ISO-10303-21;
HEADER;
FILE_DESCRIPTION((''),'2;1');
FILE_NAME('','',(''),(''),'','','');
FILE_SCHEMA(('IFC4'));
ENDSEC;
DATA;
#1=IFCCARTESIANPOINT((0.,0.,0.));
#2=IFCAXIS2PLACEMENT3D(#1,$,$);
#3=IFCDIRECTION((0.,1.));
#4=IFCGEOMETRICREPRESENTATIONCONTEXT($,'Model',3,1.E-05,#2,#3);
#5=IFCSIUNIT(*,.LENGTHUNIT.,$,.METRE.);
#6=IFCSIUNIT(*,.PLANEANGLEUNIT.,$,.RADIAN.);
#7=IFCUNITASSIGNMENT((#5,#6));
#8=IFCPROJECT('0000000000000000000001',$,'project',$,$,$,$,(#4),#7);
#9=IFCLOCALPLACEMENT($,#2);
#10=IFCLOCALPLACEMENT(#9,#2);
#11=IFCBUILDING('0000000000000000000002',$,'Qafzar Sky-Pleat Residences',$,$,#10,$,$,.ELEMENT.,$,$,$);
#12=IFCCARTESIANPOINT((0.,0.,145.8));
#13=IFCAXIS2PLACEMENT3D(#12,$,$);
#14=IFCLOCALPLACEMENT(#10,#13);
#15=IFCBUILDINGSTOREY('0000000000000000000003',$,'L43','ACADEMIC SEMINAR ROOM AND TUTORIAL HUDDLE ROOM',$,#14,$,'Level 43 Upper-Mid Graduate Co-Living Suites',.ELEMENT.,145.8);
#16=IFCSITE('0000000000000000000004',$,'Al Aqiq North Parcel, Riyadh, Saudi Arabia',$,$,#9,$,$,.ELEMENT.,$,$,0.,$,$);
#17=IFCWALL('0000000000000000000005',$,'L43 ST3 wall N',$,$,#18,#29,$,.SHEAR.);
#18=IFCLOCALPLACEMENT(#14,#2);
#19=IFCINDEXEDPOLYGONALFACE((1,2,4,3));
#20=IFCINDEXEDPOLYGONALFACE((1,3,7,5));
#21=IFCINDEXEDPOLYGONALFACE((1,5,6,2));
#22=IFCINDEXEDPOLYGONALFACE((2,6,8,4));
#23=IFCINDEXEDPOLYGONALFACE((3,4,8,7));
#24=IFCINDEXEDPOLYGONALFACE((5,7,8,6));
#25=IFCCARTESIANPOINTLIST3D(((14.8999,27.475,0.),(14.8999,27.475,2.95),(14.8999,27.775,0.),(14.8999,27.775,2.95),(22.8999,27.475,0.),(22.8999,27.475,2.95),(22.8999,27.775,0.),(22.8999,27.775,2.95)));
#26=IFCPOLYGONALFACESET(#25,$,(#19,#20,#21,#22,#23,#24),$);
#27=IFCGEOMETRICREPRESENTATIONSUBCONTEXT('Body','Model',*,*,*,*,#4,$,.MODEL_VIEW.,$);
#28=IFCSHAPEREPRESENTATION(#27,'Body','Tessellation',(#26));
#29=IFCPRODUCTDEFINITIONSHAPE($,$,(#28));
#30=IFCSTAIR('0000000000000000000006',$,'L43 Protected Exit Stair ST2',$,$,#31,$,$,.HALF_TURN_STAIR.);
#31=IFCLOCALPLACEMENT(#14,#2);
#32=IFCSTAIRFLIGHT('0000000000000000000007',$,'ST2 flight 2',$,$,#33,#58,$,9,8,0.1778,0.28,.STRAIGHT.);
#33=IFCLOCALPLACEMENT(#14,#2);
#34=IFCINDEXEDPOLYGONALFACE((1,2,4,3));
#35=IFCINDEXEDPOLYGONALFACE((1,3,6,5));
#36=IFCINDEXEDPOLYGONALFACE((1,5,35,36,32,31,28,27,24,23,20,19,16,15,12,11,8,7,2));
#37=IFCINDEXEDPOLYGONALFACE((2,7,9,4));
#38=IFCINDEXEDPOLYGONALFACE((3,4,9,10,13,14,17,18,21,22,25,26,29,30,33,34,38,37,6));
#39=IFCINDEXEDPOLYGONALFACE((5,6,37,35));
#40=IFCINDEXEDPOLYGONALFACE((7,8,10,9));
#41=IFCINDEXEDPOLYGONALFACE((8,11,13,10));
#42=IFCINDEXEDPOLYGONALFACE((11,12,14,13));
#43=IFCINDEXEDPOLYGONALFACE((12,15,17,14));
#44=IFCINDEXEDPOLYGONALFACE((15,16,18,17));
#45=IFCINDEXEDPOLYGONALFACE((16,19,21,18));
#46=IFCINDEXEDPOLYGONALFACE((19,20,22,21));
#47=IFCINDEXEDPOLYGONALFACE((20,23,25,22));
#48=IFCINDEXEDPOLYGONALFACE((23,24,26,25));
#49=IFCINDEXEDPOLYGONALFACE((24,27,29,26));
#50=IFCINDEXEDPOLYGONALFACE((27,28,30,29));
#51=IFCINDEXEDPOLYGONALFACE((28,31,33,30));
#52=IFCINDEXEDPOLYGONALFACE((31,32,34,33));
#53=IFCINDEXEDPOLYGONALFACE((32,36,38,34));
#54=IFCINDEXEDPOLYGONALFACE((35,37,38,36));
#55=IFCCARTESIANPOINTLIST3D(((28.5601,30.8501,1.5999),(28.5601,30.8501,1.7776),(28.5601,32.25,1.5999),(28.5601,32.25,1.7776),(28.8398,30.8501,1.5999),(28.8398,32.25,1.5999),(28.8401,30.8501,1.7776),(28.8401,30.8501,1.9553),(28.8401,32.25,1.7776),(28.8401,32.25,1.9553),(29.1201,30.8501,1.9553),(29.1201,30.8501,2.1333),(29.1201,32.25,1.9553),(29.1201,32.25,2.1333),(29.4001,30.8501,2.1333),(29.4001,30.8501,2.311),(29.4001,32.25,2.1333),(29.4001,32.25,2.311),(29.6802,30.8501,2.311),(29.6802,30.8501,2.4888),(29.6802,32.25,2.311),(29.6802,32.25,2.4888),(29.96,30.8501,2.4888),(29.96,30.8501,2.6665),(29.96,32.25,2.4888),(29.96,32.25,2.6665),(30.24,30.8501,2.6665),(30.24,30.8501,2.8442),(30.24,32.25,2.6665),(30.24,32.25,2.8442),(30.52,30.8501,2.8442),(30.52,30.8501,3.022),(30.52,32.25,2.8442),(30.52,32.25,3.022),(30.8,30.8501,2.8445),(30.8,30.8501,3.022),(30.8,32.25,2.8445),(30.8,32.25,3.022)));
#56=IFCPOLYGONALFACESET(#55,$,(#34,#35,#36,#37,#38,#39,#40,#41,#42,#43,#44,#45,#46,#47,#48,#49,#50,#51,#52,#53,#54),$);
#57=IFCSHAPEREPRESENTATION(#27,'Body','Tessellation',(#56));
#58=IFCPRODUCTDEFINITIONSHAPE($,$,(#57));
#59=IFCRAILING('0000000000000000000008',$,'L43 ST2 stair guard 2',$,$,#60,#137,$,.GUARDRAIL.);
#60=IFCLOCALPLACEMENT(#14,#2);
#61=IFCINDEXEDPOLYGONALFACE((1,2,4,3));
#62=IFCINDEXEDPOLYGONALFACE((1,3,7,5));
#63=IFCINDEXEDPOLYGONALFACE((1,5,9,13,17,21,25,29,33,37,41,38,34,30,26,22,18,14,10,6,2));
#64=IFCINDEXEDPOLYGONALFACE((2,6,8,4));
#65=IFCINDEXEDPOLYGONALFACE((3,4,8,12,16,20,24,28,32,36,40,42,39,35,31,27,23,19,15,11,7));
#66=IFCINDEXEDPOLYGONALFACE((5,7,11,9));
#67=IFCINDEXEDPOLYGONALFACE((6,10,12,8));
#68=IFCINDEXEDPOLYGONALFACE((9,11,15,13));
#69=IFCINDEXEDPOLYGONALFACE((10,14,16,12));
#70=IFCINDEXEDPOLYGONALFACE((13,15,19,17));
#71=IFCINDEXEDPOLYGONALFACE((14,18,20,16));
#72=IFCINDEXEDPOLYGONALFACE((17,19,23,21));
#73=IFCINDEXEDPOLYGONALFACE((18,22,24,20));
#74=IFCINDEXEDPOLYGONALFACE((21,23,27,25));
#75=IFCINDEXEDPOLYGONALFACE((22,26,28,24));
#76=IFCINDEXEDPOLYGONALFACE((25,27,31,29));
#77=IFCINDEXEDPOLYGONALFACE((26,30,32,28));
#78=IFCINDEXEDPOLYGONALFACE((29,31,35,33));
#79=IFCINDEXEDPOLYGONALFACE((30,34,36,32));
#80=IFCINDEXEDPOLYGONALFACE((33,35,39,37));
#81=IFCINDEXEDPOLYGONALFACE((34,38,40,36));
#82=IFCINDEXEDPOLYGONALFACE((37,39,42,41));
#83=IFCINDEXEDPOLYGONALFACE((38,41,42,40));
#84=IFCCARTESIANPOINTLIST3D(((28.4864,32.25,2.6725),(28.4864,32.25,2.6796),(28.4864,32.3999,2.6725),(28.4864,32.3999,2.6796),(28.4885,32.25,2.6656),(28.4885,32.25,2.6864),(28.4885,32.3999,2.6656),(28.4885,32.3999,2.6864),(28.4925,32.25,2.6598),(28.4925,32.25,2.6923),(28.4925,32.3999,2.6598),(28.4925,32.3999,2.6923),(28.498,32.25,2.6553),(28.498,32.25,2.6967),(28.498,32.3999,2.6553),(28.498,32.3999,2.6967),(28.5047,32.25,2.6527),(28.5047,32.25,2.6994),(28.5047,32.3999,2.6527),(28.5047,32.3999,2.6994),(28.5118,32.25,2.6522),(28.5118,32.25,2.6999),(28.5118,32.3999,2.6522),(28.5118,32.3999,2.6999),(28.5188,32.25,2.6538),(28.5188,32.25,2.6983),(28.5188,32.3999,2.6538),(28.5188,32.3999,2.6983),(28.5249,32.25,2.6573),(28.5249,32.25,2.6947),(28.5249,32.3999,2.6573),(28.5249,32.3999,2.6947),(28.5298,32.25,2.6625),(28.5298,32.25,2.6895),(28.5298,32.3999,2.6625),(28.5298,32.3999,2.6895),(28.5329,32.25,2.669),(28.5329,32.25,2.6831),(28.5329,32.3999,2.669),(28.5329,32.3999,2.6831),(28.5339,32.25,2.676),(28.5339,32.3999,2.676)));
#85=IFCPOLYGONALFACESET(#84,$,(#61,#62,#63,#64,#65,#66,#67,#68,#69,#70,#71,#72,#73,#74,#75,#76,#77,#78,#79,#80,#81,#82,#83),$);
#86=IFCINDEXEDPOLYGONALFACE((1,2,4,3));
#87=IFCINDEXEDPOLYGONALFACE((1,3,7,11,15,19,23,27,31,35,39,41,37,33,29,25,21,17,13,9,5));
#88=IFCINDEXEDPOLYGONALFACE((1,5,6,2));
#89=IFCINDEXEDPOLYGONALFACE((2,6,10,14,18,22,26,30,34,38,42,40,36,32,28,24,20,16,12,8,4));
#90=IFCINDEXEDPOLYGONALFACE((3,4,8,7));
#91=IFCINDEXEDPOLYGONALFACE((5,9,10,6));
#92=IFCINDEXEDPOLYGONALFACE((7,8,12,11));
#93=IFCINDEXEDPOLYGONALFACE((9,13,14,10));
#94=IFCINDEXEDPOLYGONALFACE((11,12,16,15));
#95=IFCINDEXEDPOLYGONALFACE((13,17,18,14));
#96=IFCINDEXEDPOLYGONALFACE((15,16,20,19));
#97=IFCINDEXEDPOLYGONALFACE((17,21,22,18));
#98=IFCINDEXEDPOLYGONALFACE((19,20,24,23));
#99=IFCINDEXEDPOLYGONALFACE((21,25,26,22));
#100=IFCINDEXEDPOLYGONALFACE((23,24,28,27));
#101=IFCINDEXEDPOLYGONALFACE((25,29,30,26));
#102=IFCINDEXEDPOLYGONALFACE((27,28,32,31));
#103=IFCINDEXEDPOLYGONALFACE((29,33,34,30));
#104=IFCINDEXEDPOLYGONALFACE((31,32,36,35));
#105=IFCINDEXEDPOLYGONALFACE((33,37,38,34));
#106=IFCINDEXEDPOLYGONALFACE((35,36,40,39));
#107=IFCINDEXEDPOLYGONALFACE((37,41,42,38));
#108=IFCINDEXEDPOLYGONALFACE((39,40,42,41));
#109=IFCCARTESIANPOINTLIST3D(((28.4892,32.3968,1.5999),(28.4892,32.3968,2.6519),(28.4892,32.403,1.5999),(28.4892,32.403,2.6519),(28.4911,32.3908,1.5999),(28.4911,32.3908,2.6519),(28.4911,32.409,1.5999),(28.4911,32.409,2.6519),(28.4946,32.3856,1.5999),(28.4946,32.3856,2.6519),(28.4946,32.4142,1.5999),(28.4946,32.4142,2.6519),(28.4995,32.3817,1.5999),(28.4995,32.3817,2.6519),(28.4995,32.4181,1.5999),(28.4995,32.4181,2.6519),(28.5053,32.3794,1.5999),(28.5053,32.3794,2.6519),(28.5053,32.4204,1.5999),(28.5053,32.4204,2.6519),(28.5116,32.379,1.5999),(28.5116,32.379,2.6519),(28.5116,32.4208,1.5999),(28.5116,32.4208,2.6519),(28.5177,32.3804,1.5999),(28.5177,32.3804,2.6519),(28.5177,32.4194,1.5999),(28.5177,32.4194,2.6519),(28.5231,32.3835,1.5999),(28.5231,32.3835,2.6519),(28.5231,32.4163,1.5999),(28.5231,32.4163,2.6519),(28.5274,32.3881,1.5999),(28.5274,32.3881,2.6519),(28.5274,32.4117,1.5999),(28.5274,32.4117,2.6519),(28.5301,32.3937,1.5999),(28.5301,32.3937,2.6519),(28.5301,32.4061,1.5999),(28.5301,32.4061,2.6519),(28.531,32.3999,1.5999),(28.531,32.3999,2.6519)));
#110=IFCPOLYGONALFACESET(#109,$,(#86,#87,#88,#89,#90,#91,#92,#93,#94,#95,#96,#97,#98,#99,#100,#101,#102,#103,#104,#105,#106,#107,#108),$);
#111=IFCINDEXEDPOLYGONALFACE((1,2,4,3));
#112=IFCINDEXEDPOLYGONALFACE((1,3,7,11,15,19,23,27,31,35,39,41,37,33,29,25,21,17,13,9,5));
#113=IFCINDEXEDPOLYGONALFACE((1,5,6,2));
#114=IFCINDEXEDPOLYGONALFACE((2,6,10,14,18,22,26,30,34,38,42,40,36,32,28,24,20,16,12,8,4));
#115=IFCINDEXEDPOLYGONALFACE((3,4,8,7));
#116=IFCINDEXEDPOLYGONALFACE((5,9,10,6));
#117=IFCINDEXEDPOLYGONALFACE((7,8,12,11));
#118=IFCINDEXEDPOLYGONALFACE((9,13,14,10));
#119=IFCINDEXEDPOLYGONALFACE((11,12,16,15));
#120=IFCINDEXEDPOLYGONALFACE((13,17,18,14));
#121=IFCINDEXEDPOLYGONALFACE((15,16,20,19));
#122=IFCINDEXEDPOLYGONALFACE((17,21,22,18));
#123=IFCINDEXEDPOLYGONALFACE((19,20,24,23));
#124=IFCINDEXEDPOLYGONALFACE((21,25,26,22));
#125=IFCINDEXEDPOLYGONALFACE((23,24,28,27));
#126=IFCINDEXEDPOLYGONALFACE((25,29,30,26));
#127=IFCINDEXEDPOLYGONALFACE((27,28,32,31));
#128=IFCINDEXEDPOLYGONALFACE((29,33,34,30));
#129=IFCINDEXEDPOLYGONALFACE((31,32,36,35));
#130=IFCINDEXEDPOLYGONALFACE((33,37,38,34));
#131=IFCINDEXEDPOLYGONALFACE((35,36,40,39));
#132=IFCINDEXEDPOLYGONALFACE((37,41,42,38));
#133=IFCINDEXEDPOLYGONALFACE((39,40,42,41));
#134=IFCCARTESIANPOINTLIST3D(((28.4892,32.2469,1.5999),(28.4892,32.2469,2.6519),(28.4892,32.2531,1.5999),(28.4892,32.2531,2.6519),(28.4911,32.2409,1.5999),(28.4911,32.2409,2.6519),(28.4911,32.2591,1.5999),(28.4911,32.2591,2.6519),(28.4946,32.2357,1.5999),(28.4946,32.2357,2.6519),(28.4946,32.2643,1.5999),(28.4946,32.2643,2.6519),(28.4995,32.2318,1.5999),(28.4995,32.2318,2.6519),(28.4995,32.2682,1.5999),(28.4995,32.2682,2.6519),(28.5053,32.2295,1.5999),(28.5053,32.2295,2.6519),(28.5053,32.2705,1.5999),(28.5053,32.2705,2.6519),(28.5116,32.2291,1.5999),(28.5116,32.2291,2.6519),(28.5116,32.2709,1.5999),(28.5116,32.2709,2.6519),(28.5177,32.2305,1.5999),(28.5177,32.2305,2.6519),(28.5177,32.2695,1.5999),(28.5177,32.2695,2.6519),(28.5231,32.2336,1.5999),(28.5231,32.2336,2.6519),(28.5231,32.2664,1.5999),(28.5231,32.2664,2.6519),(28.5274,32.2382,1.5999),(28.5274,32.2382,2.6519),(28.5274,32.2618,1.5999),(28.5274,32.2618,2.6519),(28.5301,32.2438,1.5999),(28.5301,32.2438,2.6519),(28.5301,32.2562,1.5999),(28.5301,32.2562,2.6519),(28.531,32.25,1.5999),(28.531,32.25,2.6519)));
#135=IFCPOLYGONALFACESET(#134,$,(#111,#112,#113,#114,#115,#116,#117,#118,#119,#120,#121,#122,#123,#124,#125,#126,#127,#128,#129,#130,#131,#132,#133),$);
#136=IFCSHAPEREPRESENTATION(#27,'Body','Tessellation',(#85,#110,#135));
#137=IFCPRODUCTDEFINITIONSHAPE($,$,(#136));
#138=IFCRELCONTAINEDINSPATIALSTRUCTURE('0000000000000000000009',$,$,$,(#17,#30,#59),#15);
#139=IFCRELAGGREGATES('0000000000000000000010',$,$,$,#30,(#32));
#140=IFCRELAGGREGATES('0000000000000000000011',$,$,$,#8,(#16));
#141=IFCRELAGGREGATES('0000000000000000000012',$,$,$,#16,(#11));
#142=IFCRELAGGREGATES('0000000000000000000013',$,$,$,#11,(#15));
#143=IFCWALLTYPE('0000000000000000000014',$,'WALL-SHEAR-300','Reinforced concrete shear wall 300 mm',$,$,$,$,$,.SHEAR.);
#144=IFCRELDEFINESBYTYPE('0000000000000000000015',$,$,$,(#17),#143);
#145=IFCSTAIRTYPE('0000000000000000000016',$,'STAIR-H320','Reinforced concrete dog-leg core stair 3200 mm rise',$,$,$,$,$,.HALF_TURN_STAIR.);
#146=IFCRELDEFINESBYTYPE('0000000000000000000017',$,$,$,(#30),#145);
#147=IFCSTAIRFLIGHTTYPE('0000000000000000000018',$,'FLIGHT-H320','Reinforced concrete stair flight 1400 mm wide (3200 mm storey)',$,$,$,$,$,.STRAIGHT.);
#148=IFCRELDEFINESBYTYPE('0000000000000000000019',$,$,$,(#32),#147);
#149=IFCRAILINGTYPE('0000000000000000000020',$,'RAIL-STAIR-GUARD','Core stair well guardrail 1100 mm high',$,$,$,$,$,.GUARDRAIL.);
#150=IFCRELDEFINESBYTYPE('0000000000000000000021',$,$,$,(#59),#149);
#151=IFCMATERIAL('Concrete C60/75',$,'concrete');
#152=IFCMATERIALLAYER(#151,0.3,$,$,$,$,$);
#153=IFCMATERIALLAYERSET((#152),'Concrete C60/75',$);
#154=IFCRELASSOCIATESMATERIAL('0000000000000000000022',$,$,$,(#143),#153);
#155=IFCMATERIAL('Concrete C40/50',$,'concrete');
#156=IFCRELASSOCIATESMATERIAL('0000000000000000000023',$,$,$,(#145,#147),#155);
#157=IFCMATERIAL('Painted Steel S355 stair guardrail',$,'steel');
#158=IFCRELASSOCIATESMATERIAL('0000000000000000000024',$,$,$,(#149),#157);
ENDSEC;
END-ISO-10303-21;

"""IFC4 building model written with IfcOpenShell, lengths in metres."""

from ifc_helpers import new_model, si_unit, direction, frame, frame_2d, origin, origin_2d, place, context, subcontext, project, spatial, polyline, rectangle, circle, outline, extrude, source, transform, mapped, material, layer, layer_set, type_object, element, aggregate, save


model = new_model("IFC4")

# Units and contexts
model_context = context("Model", 3, precision=1e-05, world=origin(), true_north=direction((0.0, 1.0)))
body_context = subcontext(model_context, "Body", "Model", "MODEL_VIEW")
ifc_project = project(units=[si_unit("LENGTHUNIT", "METRE"), si_unit("PLANEANGLEUNIT", "RADIAN")], contexts=[model_context])

# Site, building, storey
site_placement = place(None, origin())
site = spatial("IfcSite", under=ifc_project, at=site_placement, Name="Al Aqiq North Parcel, Riyadh, Saudi Arabia", CompositionType="ELEMENT", RefElevation=0.0)
building_placement = place(site_placement, origin())
building = spatial("IfcBuilding", under=site, at=building_placement, Name="Qafzar Sky-Pleat Residences", CompositionType="ELEMENT")
storey_placement = place(building_placement, frame((0.0, 0.0, 145.8)))
storey = spatial("IfcBuildingStorey", under=building, at=storey_placement, Name="L43", Description="ACADEMIC SEMINAR ROOM AND TUTORIAL HUDDLE ROOM", LongName="Level 43 Upper-Mid Graduate Co-Living Suites", CompositionType="ELEMENT", Elevation=145.8)

# Shared definitions
ifc_material_1 = material(Name="Concrete C60/75", Category="concrete")
ifc_layer_1 = layer(ifc_material_1, 0.3)
ifc_layer_set_1 = layer_set([ifc_layer_1], Name="Concrete C60/75")
wall_type_1 = type_object("IfcWallType", Name="WALL-SHEAR-300", Description="Reinforced concrete shear wall 300 mm", PredefinedType="SHEAR", material=ifc_layer_set_1)

# Wall
wall_1_placement = place(storey_placement, frame((22.8999, 27.625, 0.0), z_axis=(0.0, 0.0, 1.0), x_axis=(-1.0, 0.0, 0.0)))
element("IfcWall", 1, at=wall_1_placement, inside=storey, type_object=wall_type_1, Name="L43 ST3 wall N", PredefinedType="SHEAR", context=body_context, shape_type="SweptSolid", body=[
    extrude(rectangle(XDim=8.0, YDim=0.3, at=frame_2d((4.0, 0.0))), origin(), (0.0, 0.0, 1.0), 2.95),
])

# Stair, stair flight
ifc_material_2 = material(Name="Concrete C40/50", Category="concrete")
stair_type = type_object("IfcStairType", Name="STAIR-H320", Description="Reinforced concrete dog-leg core stair 3200 mm rise", PredefinedType="HALF_TURN_STAIR", material=ifc_material_2)
stair_placement = place(storey_placement, origin())
stair = element("IfcStair", 2, at=stair_placement, inside=storey, type_object=stair_type, Name="L43 Protected Exit Stair ST2", PredefinedType="HALF_TURN_STAIR")
stair_flight_type = type_object("IfcStairFlightType", Name="FLIGHT-H320", Description="Reinforced concrete stair flight 1400 mm wide (3200 mm storey)", PredefinedType="STRAIGHT", material=ifc_material_2)
shared_shape_1 = source(origin(), body_context, "Body", "SweptSolid", [
    extrude(outline(polyline([(0.0, 0.0), (0.0, 0.1777), (0.28, 0.1777), (0.28, 0.3555), (0.5601, 0.3555), (0.5601, 0.5334), (0.8401, 0.5334), (0.8401, 0.7112), (1.1201, 0.7112), (1.1201, 0.8889), (1.3999, 0.8889), (1.3999, 1.0667), (1.6799, 1.0667), (1.6799, 1.2444), (1.96, 1.2444), (1.96, 1.4221), (2.24, 1.4221), (2.24, 1.6001), (2.24, 1.2446), (0.2798, 0.0), (0.0, 0.0)])), frame((0.0, 0.7, 0.0), z_axis=(0.0, -1.0, 0.0), x_axis=(1.0, 0.0, 0.0)), (0.0, 0.0, 1.0), 1.3999),
])
stair_flight_placement = place(storey_placement, frame((28.5601, 31.55, 1.5999), z_axis=(0.0, 0.0, 1.0), x_axis=(1.0, 0.0, 0.0)))
stair_flight = element("IfcStairFlight", 3, at=stair_flight_placement, type_object=stair_flight_type, Name="ST2 flight 2", NumberOfRisers=9, NumberOfTreads=8, PredefinedType="STRAIGHT", RiserHeight=0.1778, TreadLength=0.28, context=body_context, shape_type="MappedRepresentation", body=[
    mapped(shared_shape_1, transform((0.0, 0.0, 0.0), x_axis=(1.0, 0.0, 0.0), y_axis=(0.0, 1.0, 0.0), z_axis=(0.0, 0.0, 1.0), scale=1.0)),
])
aggregate(stair, [stair_flight])

# Railing
ifc_material_3 = material(Name="Painted Steel S355 stair guardrail", Category="steel")
railing_type_1 = type_object("IfcRailingType", Name="RAIL-STAIR-GUARD", Description="Core stair well guardrail 1100 mm high", PredefinedType="GUARDRAIL", material=ifc_material_3)
shared_shape_2 = source(origin(), body_context, "Body", "SweptSolid", [
    extrude(circle(Radius=0.0239, at=origin_2d()), frame((0.0, 0.0, 1.0762), z_axis=(0.0, -1.0, 0.0), x_axis=(1.0, 0.0, 0.0)), (0.0, 0.0, 1.0), 0.1499),
    extrude(circle(Radius=0.021, at=origin_2d()), origin(), (0.0, 0.0, 1.0), 1.052),
    extrude(circle(Radius=0.021, at=origin_2d()), frame((0.0, -0.1499, 0.0)), (0.0, 0.0, 1.0), 1.052),
])
railing_1_placement = place(storey_placement, frame((28.51, 32.3999, 1.5999)))
element("IfcRailing", 4, at=railing_1_placement, inside=storey, type_object=railing_type_1, Name="L43 ST2 stair guard 2", PredefinedType="GUARDRAIL", context=body_context, shape_type="MappedRepresentation", body=[
    mapped(shared_shape_2, transform((0.0, 0.0, 0.0), x_axis=(1.0, 0.0, 0.0), y_axis=(0.0, 1.0, 0.0), z_axis=(0.0, 0.0, 1.0), scale=1.0)),
])

save(model, "model.ifc")
